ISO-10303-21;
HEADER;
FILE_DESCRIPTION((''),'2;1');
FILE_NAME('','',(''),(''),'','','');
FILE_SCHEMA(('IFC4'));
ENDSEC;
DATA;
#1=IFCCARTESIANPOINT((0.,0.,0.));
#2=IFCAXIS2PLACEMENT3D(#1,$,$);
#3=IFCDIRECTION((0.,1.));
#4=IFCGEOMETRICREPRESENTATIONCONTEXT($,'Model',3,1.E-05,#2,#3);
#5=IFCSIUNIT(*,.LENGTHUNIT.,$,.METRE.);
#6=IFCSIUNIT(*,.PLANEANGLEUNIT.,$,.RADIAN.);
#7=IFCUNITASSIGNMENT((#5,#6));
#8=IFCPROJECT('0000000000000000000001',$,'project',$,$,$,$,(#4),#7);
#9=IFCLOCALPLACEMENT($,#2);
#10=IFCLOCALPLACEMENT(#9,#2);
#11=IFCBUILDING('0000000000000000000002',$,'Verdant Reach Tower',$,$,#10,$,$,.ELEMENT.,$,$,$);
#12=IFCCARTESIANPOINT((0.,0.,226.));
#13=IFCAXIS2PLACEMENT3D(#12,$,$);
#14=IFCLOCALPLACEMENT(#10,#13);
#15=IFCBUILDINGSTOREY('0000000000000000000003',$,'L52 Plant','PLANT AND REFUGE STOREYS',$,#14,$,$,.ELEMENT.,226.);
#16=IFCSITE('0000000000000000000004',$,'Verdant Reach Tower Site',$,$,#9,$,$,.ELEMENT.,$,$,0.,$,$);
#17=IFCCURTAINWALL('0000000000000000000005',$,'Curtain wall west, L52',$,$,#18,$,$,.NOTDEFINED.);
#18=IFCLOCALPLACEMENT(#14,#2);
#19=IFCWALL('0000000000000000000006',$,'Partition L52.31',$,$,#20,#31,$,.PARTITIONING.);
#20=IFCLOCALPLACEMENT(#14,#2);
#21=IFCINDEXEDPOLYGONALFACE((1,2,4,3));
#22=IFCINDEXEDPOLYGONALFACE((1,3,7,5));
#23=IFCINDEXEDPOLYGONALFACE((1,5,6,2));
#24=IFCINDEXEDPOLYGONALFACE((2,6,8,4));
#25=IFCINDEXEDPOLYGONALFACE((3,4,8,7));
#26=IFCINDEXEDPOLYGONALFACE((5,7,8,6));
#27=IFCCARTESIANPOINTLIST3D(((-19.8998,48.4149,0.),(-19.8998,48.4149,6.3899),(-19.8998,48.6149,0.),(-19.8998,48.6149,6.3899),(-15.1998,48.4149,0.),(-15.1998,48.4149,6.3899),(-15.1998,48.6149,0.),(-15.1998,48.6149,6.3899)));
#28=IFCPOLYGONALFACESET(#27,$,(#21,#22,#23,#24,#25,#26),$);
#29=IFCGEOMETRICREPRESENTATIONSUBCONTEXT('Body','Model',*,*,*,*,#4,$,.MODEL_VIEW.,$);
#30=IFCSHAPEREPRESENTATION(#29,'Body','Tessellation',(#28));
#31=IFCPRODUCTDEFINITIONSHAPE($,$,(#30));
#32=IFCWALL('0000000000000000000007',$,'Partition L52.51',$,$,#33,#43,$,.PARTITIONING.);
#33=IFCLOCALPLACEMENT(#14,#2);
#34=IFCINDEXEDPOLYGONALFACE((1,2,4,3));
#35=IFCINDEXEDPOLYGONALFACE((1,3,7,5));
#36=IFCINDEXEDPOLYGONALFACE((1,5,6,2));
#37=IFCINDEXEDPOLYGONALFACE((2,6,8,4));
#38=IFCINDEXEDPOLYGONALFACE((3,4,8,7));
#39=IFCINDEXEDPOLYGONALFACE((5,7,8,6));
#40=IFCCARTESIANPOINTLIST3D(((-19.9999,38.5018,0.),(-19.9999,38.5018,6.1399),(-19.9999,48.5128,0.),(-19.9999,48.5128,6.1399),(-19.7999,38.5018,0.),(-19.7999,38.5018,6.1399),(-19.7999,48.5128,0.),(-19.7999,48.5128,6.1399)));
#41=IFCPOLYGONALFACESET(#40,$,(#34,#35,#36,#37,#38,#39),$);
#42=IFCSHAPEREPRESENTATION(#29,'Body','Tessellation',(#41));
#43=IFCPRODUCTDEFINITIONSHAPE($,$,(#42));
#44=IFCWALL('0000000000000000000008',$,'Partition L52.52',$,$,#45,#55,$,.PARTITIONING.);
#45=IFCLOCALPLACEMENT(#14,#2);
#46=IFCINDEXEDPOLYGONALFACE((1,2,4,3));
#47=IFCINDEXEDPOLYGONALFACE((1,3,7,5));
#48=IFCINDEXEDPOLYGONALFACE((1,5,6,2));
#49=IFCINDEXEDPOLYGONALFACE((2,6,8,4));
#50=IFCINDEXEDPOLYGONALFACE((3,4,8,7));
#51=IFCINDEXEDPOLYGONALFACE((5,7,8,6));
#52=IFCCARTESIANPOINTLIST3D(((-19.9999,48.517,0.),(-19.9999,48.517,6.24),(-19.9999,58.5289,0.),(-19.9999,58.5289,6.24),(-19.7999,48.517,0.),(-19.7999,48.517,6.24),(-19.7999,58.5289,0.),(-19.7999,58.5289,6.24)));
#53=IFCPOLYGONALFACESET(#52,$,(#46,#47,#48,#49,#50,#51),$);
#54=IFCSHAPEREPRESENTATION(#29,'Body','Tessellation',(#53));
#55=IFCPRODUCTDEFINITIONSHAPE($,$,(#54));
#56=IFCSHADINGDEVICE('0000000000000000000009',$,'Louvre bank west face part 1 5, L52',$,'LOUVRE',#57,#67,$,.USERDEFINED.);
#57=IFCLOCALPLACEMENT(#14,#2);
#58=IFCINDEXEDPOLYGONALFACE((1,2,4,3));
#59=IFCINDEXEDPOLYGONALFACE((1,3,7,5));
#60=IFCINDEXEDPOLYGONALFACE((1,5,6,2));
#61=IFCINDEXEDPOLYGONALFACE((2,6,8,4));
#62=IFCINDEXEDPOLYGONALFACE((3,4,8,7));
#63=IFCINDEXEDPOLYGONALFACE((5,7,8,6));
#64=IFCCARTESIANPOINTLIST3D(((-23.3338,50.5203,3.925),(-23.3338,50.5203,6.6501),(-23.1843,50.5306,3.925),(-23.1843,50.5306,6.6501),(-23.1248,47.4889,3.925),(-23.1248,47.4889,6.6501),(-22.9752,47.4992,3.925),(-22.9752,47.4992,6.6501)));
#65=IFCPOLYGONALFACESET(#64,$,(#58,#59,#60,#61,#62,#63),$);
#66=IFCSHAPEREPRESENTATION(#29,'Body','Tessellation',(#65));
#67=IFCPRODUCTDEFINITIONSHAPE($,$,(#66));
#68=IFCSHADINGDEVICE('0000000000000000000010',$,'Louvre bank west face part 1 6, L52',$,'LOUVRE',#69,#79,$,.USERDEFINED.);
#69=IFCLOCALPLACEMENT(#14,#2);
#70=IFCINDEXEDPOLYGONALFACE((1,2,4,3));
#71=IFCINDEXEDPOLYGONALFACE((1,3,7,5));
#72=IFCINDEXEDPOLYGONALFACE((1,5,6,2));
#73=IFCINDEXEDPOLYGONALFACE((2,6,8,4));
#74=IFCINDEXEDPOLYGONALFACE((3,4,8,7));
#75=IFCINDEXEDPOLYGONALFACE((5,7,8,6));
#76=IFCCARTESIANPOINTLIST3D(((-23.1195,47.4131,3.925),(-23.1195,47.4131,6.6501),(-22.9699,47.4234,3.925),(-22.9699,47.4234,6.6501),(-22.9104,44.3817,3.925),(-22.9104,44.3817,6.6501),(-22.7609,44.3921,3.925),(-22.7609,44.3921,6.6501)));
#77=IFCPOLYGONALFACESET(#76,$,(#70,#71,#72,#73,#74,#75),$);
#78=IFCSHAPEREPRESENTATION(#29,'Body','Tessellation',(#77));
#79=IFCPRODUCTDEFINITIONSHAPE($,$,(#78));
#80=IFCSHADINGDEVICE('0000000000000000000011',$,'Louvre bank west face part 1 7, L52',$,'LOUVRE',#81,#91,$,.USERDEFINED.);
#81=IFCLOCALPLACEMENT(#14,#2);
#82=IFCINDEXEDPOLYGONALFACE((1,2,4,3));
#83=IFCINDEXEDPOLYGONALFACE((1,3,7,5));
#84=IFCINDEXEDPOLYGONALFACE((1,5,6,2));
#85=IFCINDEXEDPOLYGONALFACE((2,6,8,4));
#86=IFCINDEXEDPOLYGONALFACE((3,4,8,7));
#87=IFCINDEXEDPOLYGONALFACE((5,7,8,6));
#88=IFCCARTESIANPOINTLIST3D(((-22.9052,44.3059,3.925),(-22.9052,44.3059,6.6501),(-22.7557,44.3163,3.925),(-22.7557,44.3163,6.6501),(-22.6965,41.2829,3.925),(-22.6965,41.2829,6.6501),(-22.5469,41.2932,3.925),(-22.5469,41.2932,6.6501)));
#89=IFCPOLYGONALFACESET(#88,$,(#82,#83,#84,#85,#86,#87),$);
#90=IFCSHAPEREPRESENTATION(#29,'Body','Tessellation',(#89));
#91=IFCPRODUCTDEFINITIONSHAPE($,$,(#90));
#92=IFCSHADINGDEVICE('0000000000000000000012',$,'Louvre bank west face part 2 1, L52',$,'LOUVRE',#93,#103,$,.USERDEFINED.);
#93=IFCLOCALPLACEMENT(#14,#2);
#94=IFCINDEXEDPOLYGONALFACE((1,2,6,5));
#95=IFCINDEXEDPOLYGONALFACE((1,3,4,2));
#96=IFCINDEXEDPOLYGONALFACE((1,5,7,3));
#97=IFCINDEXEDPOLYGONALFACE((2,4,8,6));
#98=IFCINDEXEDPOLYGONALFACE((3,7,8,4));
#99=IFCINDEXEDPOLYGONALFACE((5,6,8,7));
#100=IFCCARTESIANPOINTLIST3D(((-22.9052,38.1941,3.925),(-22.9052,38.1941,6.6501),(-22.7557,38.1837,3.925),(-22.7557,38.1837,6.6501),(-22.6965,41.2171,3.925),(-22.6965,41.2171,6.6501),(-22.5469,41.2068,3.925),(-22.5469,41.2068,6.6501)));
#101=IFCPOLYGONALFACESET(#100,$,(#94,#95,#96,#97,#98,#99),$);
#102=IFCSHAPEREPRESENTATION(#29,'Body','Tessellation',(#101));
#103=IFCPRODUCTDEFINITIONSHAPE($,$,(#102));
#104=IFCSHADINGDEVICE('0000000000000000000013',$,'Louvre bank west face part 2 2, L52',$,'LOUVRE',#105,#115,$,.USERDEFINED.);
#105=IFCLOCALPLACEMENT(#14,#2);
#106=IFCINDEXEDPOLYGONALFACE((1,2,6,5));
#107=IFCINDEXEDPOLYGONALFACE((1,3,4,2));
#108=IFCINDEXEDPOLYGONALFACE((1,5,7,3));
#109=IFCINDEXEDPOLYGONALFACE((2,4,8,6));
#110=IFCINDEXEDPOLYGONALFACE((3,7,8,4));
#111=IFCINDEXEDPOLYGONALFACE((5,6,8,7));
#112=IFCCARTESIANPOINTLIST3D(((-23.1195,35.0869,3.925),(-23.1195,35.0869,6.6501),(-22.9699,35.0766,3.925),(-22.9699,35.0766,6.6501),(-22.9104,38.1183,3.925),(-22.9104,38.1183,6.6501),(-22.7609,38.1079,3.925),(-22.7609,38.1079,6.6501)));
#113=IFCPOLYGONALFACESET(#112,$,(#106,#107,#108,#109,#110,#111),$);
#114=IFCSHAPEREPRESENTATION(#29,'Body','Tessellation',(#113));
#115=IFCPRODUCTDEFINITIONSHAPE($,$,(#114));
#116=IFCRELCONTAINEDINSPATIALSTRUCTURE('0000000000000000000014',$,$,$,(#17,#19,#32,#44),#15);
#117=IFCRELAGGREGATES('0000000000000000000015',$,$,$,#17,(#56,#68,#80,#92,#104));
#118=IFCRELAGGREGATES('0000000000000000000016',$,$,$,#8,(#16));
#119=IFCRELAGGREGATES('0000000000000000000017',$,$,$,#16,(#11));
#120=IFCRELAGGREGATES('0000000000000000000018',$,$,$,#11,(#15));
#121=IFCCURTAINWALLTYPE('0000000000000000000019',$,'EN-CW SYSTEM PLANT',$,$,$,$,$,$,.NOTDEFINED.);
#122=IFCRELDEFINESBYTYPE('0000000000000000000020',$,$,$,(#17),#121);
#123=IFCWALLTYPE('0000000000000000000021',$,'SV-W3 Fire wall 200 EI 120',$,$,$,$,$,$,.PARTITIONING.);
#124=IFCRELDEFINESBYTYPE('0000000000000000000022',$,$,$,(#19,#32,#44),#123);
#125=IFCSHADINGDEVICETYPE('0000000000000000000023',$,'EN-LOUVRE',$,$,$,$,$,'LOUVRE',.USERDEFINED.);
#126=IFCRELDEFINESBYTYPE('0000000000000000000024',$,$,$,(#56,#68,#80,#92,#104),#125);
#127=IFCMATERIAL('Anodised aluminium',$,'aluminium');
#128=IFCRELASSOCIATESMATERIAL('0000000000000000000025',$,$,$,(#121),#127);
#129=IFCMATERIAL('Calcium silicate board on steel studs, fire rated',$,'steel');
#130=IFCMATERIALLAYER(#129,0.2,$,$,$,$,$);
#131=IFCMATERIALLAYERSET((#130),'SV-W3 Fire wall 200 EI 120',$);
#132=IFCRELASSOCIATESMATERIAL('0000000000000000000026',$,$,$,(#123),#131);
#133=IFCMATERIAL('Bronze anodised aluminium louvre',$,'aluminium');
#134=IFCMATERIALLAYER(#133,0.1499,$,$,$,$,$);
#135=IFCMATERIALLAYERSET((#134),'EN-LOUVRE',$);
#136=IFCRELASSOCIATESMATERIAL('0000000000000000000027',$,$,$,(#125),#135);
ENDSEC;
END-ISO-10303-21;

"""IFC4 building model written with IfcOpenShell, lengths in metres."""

from ifc_helpers import new_model, si_unit, direction, frame, frame_2d, origin, origin_2d, place, context, subcontext, project, spatial, rectangle, extrude, material, layer, layer_set, type_object, element, aggregate, save


model = new_model("IFC4")

# Units and contexts
model_context = context("Model", 3, precision=1e-05, world=origin(), true_north=direction((0.0, 1.0)))
body_context = subcontext(model_context, "Body", "Model", "MODEL_VIEW")
ifc_project = project(units=[si_unit("LENGTHUNIT", "METRE"), si_unit("PLANEANGLEUNIT", "RADIAN")], contexts=[model_context])

# Site, building, storey
site_placement = place(None, origin())
site = spatial("IfcSite", under=ifc_project, at=site_placement, Name="Verdant Reach Tower Site", CompositionType="ELEMENT", RefElevation=0.0)
building_placement = place(site_placement, origin())
building = spatial("IfcBuilding", under=site, at=building_placement, Name="Verdant Reach Tower", CompositionType="ELEMENT")
storey_placement = place(building_placement, frame((0.0, 0.0, 226.0)))
storey = spatial("IfcBuildingStorey", under=building, at=storey_placement, Name="L52 Plant", Description="PLANT AND REFUGE STOREYS", CompositionType="ELEMENT", Elevation=226.0)

# Curtain wall
ifc_material_1 = material(Name="Anodised aluminium", Category="aluminium")
curtain_wall_type = type_object("IfcCurtainWallType", Name="EN-CW SYSTEM PLANT", PredefinedType="NOTDEFINED", material=ifc_material_1)
curtain_wall_placement = place(storey_placement, origin())
curtain_wall = element("IfcCurtainWall", 1, at=curtain_wall_placement, inside=storey, type_object=curtain_wall_type, Name="Curtain wall west, L52", PredefinedType="NOTDEFINED")

# Walls
ifc_material_2 = material(Name="Calcium silicate board on steel studs, fire rated", Category="steel")
ifc_layer_1 = layer(ifc_material_2, 0.2)
ifc_layer_set_1 = layer_set([ifc_layer_1], Name="SV-W3 Fire wall 200 EI 120")
wall_type = type_object("IfcWallType", Name="SV-W3 Fire wall 200 EI 120", PredefinedType="PARTITIONING", material=ifc_layer_set_1)
wall_1_placement = place(storey_placement, frame((-19.8999, 48.5149, 0.0), z_axis=(0.0, 0.0, 1.0), x_axis=(1.0, 0.0, 0.0)))
element("IfcWall", 2, at=wall_1_placement, inside=storey, type_object=wall_type, Name="Partition L52.31", PredefinedType="PARTITIONING", context=body_context, shape_type="SweptSolid", body=[
    extrude(rectangle(XDim=4.7, YDim=0.2, at=frame_2d((2.3501, 0.0))), origin(), (0.0, 0.0, 1.0), 6.3899),
])
wall_2_placement = place(storey_placement, frame((-19.8999, 38.502, 0.0), z_axis=(0.0, 0.0, 1.0), x_axis=(0.0, 1.0, 0.0)))
element("IfcWall", 3, at=wall_2_placement, inside=storey, type_object=wall_type, Name="Partition L52.51", PredefinedType="PARTITIONING", context=body_context, shape_type="SweptSolid", body=[
    extrude(rectangle(XDim=10.011, YDim=0.2, at=frame_2d((5.0054, 0.0))), origin(), (0.0, 0.0, 1.0), 6.1399),
])
wall_3_placement = place(storey_placement, frame((-19.8999, 48.5171, 0.0), z_axis=(0.0, 0.0, 1.0), x_axis=(0.0, 1.0, 0.0)))
element("IfcWall", 4, at=wall_3_placement, inside=storey, type_object=wall_type, Name="Partition L52.52", PredefinedType="PARTITIONING", context=body_context, shape_type="SweptSolid", body=[
    extrude(rectangle(XDim=10.012, YDim=0.2, at=frame_2d((5.0059, 0.0))), origin(), (0.0, 0.0, 1.0), 6.24),
])

# Shading devices
ifc_material_3 = material(Name="Bronze anodised aluminium louvre", Category="aluminium")
ifc_layer_2 = layer(ifc_material_3, 0.1499)
ifc_layer_set_2 = layer_set([ifc_layer_2], Name="EN-LOUVRE")
shading_device_type = type_object("IfcShadingDeviceType", Name="EN-LOUVRE", ElementType="LOUVRE", PredefinedType="USERDEFINED", material=ifc_layer_set_2)
shading_device_1_placement = place(storey_placement, frame((-23.1545, 49.0098, 3.925), z_axis=(0.0, 0.0, 1.0), x_axis=(0.068802, -0.99763, 0.0)))
shading_device_1 = element("IfcShadingDevice", 5, at=shading_device_1_placement, type_object=shading_device_type, Name="Louvre bank west face part 1 5, L52", ObjectType="LOUVRE", PredefinedType="USERDEFINED", context=body_context, shape_type="SweptSolid", body=[
    extrude(rectangle(XDim=3.0386, YDim=0.1499, at=origin_2d()), origin(), (0.0, 0.0, 1.0), 2.7251),
])
shading_device_2_placement = place(storey_placement, frame((-22.9402, 45.9026, 3.925), z_axis=(0.0, 0.0, 1.0), x_axis=(0.068802, -0.99763, 0.0)))
shading_device_2 = element("IfcShadingDevice", 6, at=shading_device_2_placement, type_object=shading_device_type, Name="Louvre bank west face part 1 6, L52", ObjectType="LOUVRE", PredefinedType="USERDEFINED", context=body_context, shape_type="SweptSolid", body=[
    extrude(rectangle(XDim=3.0386, YDim=0.1499, at=origin_2d()), origin(), (0.0, 0.0, 1.0), 2.7251),
])
shading_device_3_placement = place(storey_placement, frame((-22.7261, 42.7996, 3.925), z_axis=(0.0, 0.0, 1.0), x_axis=(0.068893, -0.997624, 0.0)))
shading_device_3 = element("IfcShadingDevice", 7, at=shading_device_3_placement, type_object=shading_device_type, Name="Louvre bank west face part 1 7, L52", ObjectType="LOUVRE", PredefinedType="USERDEFINED", context=body_context, shape_type="SweptSolid", body=[
    extrude(rectangle(XDim=3.0303, YDim=0.1499, at=origin_2d()), origin(), (0.0, 0.0, 1.0), 2.7251),
])
shading_device_4_placement = place(storey_placement, frame((-22.7261, 39.7004, 3.925), z_axis=(0.0, 0.0, 1.0), x_axis=(-0.068893, -0.997624, 0.0)))
shading_device_4 = element("IfcShadingDevice", 8, at=shading_device_4_placement, type_object=shading_device_type, Name="Louvre bank west face part 2 1, L52", ObjectType="LOUVRE", PredefinedType="USERDEFINED", context=body_context, shape_type="SweptSolid", body=[
    extrude(rectangle(XDim=3.0303, YDim=0.1499, at=origin_2d()), origin(), (0.0, 0.0, 1.0), 2.7251),
])
shading_device_5_placement = place(storey_placement, frame((-22.9402, 36.5974, 3.925), z_axis=(0.0, 0.0, 1.0), x_axis=(-0.068802, -0.99763, 0.0)))
shading_device_5 = element("IfcShadingDevice", 9, at=shading_device_5_placement, type_object=shading_device_type, Name="Louvre bank west face part 2 2, L52", ObjectType="LOUVRE", PredefinedType="USERDEFINED", context=body_context, shape_type="SweptSolid", body=[
    extrude(rectangle(XDim=3.0386, YDim=0.1499, at=origin_2d()), origin(), (0.0, 0.0, 1.0), 2.7251),
])
aggregate(curtain_wall, [shading_device_1, shading_device_2, shading_device_3, shading_device_4, shading_device_5])

save(model, "model.ifc")
